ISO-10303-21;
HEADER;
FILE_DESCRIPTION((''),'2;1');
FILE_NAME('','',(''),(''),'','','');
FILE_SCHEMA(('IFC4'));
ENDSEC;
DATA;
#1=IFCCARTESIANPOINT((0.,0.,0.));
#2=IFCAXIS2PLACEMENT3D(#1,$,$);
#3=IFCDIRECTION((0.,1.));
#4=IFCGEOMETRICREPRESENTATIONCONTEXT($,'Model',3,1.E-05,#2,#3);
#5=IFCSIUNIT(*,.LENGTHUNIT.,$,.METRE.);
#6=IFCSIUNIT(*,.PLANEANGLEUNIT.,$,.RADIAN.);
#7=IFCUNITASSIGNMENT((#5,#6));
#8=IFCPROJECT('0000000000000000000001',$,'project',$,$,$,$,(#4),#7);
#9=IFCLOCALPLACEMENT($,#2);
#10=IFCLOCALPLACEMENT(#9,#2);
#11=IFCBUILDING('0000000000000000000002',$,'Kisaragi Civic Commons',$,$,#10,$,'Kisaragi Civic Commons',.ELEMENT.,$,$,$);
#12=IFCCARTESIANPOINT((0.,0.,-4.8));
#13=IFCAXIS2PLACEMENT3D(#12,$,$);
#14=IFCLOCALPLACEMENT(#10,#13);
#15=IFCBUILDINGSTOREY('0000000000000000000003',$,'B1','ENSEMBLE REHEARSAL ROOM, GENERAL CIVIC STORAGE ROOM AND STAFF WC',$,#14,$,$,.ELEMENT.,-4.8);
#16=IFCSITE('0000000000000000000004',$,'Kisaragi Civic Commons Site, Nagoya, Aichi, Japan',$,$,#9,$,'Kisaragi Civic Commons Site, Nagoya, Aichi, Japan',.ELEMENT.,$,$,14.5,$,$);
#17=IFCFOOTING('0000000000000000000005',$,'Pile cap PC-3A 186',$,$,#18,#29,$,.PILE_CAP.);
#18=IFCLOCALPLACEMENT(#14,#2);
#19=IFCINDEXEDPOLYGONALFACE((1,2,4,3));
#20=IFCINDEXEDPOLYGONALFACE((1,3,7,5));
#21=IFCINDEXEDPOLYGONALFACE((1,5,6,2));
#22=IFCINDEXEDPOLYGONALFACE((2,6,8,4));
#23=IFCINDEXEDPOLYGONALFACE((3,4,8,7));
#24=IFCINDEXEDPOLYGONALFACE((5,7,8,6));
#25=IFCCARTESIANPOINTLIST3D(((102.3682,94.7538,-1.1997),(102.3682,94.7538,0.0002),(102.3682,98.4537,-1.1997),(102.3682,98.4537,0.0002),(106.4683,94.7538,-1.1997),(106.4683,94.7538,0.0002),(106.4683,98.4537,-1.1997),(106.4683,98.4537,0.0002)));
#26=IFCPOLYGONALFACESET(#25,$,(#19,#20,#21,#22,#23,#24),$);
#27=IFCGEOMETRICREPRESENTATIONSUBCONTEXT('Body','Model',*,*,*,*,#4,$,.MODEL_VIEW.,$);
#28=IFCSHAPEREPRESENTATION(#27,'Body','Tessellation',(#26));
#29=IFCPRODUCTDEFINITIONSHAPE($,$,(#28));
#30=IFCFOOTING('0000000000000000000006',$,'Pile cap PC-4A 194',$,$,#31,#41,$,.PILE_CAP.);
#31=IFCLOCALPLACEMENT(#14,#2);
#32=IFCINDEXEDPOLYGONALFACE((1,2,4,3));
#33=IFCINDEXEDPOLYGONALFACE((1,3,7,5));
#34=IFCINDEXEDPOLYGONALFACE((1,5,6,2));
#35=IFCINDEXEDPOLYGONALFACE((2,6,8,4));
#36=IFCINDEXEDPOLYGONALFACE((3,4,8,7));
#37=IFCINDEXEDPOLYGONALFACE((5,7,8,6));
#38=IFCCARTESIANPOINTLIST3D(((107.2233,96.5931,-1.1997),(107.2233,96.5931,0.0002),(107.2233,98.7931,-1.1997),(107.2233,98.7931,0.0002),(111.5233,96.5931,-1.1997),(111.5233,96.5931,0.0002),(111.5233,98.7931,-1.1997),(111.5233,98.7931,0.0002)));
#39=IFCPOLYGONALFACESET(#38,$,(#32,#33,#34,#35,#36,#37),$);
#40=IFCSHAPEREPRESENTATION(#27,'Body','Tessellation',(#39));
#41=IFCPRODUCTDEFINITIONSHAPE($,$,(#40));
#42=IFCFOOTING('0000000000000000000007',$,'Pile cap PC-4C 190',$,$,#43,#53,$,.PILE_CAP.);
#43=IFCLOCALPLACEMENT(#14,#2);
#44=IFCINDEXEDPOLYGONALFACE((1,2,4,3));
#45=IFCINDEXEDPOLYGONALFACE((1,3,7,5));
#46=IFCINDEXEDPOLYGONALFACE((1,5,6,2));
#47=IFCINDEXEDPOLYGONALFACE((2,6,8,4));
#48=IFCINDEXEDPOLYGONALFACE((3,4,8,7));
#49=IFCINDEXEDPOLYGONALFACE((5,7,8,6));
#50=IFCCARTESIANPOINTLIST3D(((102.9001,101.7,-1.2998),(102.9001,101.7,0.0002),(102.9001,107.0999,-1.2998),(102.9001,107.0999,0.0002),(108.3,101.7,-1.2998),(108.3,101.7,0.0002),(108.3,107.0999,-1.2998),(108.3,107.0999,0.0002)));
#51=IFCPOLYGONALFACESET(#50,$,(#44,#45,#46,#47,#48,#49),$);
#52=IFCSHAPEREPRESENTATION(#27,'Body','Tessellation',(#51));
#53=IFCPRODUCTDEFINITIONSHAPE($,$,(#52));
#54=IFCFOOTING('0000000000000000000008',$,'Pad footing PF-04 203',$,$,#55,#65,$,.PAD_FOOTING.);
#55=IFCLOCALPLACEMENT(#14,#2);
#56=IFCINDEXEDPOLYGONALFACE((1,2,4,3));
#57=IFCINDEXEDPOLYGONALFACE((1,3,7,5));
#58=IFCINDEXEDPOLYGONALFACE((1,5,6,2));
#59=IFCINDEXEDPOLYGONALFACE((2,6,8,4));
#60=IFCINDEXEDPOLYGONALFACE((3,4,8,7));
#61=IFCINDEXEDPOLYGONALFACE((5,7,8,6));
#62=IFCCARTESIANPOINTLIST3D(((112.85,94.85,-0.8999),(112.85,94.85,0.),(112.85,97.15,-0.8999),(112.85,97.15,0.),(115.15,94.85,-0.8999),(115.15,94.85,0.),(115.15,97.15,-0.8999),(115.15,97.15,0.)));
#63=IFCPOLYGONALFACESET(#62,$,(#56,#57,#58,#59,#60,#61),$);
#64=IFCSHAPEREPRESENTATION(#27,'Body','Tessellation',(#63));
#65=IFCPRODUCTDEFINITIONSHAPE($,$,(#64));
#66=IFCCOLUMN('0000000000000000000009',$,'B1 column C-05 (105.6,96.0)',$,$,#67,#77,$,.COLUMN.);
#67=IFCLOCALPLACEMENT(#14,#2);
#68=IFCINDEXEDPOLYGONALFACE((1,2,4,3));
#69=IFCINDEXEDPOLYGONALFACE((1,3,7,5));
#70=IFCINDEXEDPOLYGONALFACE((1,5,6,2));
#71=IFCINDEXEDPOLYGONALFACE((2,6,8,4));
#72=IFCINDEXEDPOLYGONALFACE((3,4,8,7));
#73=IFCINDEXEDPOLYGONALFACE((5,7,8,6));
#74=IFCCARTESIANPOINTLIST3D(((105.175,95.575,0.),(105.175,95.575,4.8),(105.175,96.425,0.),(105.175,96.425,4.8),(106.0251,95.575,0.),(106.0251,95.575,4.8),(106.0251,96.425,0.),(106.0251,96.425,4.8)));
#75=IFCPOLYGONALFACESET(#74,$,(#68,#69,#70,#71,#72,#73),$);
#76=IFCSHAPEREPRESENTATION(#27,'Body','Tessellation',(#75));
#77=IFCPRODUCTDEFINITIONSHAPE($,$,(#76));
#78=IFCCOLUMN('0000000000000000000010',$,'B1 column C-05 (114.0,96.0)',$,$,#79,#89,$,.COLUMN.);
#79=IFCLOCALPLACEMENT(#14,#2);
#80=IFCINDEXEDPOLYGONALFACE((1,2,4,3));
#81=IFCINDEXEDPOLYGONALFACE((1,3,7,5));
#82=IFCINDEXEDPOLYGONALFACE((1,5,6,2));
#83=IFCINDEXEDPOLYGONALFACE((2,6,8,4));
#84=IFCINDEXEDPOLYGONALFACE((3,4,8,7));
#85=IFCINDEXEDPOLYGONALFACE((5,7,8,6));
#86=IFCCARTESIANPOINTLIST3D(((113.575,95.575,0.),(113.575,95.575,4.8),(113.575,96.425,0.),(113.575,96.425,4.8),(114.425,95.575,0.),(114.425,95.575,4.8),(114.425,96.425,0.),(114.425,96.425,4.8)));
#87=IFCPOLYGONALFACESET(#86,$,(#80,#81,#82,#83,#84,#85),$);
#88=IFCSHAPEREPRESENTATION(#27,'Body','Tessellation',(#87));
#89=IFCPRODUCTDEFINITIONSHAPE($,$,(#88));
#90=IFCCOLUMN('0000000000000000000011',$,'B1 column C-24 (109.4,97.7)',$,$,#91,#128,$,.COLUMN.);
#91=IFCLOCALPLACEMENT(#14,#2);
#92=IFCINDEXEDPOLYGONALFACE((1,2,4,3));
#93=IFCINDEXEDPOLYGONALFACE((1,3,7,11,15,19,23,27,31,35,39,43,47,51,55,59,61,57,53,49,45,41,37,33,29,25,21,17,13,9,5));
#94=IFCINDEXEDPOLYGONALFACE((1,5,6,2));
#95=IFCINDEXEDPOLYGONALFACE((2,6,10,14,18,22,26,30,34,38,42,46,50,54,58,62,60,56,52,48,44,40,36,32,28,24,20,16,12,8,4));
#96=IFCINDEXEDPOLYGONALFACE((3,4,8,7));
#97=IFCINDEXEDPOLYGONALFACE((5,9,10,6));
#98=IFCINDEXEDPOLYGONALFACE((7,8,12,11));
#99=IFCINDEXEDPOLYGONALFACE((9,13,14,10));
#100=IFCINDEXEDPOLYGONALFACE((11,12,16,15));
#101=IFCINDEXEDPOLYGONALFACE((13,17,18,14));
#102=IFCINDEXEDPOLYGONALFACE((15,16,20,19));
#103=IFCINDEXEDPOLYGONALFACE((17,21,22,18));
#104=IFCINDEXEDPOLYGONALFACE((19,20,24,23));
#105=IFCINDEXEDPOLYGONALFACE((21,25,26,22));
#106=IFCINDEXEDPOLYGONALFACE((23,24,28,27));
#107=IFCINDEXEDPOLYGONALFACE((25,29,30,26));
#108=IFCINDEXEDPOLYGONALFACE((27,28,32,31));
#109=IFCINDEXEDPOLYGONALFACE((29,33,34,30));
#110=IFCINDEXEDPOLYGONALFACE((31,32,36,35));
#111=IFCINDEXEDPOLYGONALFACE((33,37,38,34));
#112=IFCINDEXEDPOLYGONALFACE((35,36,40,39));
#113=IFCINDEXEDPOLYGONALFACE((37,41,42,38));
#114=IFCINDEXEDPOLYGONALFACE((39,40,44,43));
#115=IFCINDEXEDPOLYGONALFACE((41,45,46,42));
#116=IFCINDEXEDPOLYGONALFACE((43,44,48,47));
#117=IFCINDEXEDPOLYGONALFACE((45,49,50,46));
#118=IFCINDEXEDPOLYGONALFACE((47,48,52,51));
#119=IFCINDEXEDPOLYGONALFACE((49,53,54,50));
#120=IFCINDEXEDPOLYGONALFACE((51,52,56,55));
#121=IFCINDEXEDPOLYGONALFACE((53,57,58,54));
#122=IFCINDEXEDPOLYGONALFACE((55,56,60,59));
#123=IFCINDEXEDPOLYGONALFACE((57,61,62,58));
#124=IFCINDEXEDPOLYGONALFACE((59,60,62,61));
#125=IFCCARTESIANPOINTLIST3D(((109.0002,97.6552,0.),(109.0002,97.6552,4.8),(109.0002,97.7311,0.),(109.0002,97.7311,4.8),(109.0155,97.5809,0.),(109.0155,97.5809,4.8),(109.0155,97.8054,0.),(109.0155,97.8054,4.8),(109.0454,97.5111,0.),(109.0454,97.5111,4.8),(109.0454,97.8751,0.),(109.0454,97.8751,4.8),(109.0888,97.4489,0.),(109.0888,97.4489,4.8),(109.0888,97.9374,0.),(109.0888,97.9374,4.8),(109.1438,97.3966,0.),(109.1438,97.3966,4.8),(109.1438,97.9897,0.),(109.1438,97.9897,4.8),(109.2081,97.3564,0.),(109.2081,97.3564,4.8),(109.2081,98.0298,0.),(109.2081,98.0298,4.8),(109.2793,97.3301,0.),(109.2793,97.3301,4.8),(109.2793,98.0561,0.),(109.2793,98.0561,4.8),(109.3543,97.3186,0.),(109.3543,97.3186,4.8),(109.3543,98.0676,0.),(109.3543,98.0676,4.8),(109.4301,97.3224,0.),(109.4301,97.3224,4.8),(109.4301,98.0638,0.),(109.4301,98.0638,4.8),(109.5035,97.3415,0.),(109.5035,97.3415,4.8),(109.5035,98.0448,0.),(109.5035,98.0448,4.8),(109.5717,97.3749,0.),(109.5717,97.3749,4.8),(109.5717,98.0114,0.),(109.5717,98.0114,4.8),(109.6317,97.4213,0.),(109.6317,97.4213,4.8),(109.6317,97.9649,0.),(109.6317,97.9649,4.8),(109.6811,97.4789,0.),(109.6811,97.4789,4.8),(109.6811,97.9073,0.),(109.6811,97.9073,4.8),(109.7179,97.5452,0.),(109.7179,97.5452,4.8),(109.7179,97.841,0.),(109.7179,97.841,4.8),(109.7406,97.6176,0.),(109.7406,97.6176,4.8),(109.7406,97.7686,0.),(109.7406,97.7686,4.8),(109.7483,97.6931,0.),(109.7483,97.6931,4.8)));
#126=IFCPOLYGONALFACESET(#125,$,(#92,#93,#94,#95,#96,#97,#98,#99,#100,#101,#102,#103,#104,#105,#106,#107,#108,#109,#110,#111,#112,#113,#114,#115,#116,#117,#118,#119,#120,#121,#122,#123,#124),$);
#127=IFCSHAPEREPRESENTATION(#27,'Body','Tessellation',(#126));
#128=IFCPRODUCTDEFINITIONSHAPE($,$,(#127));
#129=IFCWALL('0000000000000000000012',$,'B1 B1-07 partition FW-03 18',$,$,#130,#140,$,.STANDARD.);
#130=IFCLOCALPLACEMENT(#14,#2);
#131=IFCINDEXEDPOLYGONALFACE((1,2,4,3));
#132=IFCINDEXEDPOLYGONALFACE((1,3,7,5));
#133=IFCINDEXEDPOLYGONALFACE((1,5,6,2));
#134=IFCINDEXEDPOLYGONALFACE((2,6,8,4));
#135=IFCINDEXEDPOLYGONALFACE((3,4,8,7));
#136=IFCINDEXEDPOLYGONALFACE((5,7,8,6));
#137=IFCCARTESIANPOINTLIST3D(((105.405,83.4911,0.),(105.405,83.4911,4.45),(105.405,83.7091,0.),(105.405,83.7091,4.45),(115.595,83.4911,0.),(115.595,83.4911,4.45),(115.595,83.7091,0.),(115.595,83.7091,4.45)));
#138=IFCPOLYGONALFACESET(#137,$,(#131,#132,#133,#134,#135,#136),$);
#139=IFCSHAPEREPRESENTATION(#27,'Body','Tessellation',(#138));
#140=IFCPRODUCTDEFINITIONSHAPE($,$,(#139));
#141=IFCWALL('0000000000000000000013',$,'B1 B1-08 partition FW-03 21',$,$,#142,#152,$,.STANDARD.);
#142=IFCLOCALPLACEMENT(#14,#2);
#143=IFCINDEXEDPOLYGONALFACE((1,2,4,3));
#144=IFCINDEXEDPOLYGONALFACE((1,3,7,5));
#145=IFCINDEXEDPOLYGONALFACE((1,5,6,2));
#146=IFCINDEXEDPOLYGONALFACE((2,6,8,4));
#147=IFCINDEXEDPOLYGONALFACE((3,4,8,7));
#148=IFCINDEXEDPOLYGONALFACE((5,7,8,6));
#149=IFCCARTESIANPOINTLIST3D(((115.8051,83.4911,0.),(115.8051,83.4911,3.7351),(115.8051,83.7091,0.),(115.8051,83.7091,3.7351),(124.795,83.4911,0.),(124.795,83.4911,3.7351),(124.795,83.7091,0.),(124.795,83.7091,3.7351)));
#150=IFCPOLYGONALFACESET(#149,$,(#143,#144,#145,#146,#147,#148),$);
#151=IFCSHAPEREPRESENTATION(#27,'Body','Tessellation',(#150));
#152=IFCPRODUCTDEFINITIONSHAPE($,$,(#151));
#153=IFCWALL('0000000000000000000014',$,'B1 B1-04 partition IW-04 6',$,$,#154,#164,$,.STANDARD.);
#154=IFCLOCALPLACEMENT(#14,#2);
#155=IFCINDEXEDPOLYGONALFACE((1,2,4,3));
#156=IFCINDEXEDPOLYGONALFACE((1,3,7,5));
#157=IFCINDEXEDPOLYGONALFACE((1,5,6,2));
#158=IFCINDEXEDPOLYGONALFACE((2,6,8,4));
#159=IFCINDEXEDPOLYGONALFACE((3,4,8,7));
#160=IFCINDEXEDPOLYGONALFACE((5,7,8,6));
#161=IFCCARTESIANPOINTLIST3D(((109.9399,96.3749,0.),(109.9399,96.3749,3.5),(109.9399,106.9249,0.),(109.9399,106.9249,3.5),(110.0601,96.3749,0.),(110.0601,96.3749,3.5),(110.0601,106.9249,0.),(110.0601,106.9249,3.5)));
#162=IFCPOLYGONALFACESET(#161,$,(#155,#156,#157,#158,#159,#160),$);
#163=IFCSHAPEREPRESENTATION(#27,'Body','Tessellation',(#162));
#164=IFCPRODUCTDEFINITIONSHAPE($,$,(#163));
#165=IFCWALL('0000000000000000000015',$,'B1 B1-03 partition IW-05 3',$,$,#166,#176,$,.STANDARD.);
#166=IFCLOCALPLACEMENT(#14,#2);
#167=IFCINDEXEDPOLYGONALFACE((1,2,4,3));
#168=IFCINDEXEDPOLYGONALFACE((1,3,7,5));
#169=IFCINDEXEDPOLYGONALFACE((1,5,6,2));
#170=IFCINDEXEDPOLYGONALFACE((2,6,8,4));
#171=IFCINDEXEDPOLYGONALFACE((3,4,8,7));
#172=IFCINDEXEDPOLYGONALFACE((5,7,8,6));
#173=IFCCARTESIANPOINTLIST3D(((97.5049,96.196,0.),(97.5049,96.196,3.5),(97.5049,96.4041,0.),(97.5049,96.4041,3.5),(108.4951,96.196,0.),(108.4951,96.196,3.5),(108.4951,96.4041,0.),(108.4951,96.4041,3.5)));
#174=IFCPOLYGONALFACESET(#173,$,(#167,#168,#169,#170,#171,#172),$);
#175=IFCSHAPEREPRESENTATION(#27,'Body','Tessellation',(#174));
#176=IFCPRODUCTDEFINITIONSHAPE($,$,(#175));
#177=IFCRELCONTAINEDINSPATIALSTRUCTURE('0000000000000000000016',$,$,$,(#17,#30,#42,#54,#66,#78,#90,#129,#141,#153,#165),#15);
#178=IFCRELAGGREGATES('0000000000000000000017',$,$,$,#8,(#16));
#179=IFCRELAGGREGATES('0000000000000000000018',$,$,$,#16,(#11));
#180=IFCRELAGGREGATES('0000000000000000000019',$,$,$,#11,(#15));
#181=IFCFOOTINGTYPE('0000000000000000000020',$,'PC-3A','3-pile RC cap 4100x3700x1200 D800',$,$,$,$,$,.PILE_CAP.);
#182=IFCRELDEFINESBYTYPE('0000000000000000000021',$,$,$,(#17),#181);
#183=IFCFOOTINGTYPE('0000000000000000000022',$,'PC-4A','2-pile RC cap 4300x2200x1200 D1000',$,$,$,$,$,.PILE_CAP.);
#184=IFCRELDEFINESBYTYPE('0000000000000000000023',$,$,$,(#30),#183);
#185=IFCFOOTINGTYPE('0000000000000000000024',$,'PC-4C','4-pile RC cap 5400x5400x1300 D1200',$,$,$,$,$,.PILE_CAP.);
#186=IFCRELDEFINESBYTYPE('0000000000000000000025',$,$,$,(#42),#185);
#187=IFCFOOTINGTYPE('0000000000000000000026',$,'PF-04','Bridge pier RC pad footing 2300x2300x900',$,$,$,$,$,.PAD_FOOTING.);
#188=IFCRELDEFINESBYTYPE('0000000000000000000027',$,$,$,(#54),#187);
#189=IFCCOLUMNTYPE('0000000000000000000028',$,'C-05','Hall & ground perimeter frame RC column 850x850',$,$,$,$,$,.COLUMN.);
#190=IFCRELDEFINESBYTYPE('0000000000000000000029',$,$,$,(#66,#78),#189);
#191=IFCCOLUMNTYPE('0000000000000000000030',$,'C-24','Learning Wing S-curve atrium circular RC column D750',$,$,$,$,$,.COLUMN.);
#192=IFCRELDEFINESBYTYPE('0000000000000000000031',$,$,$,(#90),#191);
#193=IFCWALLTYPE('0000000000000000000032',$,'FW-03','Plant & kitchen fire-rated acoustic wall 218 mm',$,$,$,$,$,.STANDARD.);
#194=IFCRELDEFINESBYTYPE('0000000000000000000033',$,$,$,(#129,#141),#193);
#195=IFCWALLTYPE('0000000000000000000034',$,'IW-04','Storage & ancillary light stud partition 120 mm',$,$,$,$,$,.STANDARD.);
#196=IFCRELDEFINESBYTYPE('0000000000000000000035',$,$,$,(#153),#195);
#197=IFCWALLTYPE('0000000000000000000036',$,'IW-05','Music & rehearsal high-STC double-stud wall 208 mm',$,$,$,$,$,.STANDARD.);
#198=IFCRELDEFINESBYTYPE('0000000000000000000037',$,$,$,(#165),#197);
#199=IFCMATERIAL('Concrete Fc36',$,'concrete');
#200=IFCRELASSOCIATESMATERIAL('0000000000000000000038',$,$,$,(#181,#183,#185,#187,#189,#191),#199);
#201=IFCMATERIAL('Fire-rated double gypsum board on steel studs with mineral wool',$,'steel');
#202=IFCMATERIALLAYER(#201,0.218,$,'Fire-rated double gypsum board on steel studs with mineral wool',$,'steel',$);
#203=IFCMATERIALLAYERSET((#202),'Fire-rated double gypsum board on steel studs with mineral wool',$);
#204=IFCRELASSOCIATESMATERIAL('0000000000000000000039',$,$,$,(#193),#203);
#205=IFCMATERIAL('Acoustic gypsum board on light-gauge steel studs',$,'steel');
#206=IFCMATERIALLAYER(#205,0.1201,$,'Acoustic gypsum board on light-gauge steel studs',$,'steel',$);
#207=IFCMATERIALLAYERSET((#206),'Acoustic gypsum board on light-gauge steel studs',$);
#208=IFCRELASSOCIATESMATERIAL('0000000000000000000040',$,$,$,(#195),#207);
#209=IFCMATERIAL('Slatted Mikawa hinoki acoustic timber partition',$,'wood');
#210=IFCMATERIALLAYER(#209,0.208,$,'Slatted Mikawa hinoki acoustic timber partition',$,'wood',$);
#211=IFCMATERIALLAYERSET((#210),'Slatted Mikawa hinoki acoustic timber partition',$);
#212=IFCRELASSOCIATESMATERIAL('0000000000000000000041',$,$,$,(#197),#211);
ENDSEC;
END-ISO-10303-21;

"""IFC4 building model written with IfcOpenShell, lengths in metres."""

from ifc_helpers import new_model, si_unit, direction, frame, frame_2d, origin, origin_2d, place, context, subcontext, project, spatial, rectangle, circle, extrude, material, layer, layer_set, material_profile, profile_set, type_object, element, save


model = new_model("IFC4")

# Units and contexts
model_context = context("Model", 3, precision=1e-05, world=origin(), true_north=direction((0.0, 1.0)))
body_context = subcontext(model_context, "Body", "Model", "MODEL_VIEW")
ifc_project = project(units=[si_unit("LENGTHUNIT", "METRE"), si_unit("PLANEANGLEUNIT", "RADIAN")], contexts=[model_context])

# Site, building, storey
site_placement = place(None, origin())
site = spatial("IfcSite", under=ifc_project, at=site_placement, Name="Kisaragi Civic Commons Site, Nagoya, Aichi, Japan", LongName="Kisaragi Civic Commons Site, Nagoya, Aichi, Japan", CompositionType="ELEMENT", RefElevation=14.5)
building_placement = place(site_placement, origin())
building = spatial("IfcBuilding", under=site, at=building_placement, Name="Kisaragi Civic Commons", LongName="Kisaragi Civic Commons", CompositionType="ELEMENT")
storey_placement = place(building_placement, frame((0.0, 0.0, -4.8)))
storey = spatial("IfcBuildingStorey", under=building, at=storey_placement, Name="B1", Description="ENSEMBLE REHEARSAL ROOM, GENERAL CIVIC STORAGE ROOM AND STAFF WC", CompositionType="ELEMENT", Elevation=-4.8)

# Footings
ifc_material_1 = material(Name="Concrete Fc36", Category="concrete")
footing_type_1 = type_object("IfcFootingType", Name="PC-3A", Description="3-pile RC cap 4100x3700x1200 D800", PredefinedType="PILE_CAP", material=ifc_material_1)
footing_1_placement = place(storey_placement, frame((104.4182, 96.6038, -1.1997), z_axis=(0.0, 0.0, 1.0), x_axis=(1.0, 0.0, 0.0)))
element("IfcFooting", 1, at=footing_1_placement, inside=storey, type_object=footing_type_1, Name="Pile cap PC-3A 186", PredefinedType="PILE_CAP", context=body_context, shape_type="SweptSolid", body=[
    extrude(rectangle(XDim=4.1001, YDim=3.7, at=origin_2d()), origin(), (0.0, 0.0, 1.0), 1.2),
])
footing_type_2 = type_object("IfcFootingType", Name="PC-4A", Description="2-pile RC cap 4300x2200x1200 D1000", PredefinedType="PILE_CAP", material=ifc_material_1)
footing_2_placement = place(storey_placement, frame((109.3733, 97.6931, -1.1997), z_axis=(0.0, 0.0, 1.0), x_axis=(1.0, 0.0, 0.0)))
element("IfcFooting", 2, at=footing_2_placement, inside=storey, type_object=footing_type_2, Name="Pile cap PC-4A 194", PredefinedType="PILE_CAP", context=body_context, shape_type="SweptSolid", body=[
    extrude(rectangle(XDim=4.3, YDim=2.2, at=origin_2d()), origin(), (0.0, 0.0, 1.0), 1.2),
])
footing_type_3 = type_object("IfcFootingType", Name="PC-4C", Description="4-pile RC cap 5400x5400x1300 D1200", PredefinedType="PILE_CAP", material=ifc_material_1)
footing_3_placement = place(storey_placement, frame((105.6001, 104.3999, -1.2998), z_axis=(0.0, 0.0, 1.0), x_axis=(1.0, 0.0, 0.0)))
element("IfcFooting", 3, at=footing_3_placement, inside=storey, type_object=footing_type_3, Name="Pile cap PC-4C 190", PredefinedType="PILE_CAP", context=body_context, shape_type="SweptSolid", body=[
    extrude(rectangle(XDim=5.3999, YDim=5.3999, at=origin_2d()), origin(), (0.0, 0.0, 1.0), 1.3),
])
footing_type_4 = type_object("IfcFootingType", Name="PF-04", Description="Bridge pier RC pad footing 2300x2300x900", PredefinedType="PAD_FOOTING", material=ifc_material_1)
footing_4_placement = place(storey_placement, frame((114.0, 96.0, -0.8999), z_axis=(0.0, 0.0, 1.0), x_axis=(1.0, 0.0, 0.0)))
element("IfcFooting", 4, at=footing_4_placement, inside=storey, type_object=footing_type_4, Name="Pad footing PF-04 203", PredefinedType="PAD_FOOTING", context=body_context, shape_type="SweptSolid", body=[
    extrude(rectangle(XDim=2.3, YDim=2.3, at=origin_2d()), origin(), (0.0, 0.0, 1.0), 0.8999),
])

# Columns
ifc_material_profile_1 = material_profile(ifc_material_1, rectangle(XDim=0.8501, YDim=0.8501, at=origin_2d()), Name="RC-850x850", Category="concrete")
ifc_profile_set_1 = profile_set([ifc_material_profile_1], Name="Concrete Fc36")
column_type_1 = type_object("IfcColumnType", Name="C-05", Description="Hall & ground perimeter frame RC column 850x850", PredefinedType="COLUMN", material=ifc_profile_set_1)
for number, where, z_axis, x_axis, name in (
    (5, (105.6001, 96.0, 0.0), (0.0, 0.0, 1.0), (1.0, 0.0, 0.0), "B1 column C-05 (105.6,96.0)"),
    (6, (114.0, 96.0, 0.0), (0.0, 0.0, 1.0), (1.0, 0.0, 0.0), "B1 column C-05 (114.0,96.0)"),
):
    element("IfcColumn", number, at=place(storey_placement, frame(where, z_axis=z_axis, x_axis=x_axis)), inside=storey, type_object=column_type_1, Name=name, PredefinedType="COLUMN", context=body_context, shape_type="SweptSolid", body=[
        extrude(rectangle(XDim=0.8501, YDim=0.8501, at=origin_2d()), origin(), (0.0, 0.0, 1.0), 4.8),
    ])
ifc_material_profile_2 = material_profile(ifc_material_1, circle(Radius=0.375, at=origin_2d()), Name="RC-D750", Category="concrete")
ifc_profile_set_2 = profile_set([ifc_material_profile_2], Name="Concrete Fc36")
column_type_2 = type_object("IfcColumnType", Name="C-24", Description="Learning Wing S-curve atrium circular RC column D750", PredefinedType="COLUMN", material=ifc_profile_set_2)
column_placement = place(storey_placement, frame((109.3733, 97.6931, 0.0), z_axis=(0.0, 0.0, 1.0), x_axis=(1.0, 0.0, 0.0)))
element("IfcColumn", 7, at=column_placement, inside=storey, type_object=column_type_2, Name="B1 column C-24 (109.4,97.7)", PredefinedType="COLUMN", context=body_context, shape_type="SweptSolid", body=[
    extrude(circle(Radius=0.375, at=origin_2d()), origin(), (0.0, 0.0, 1.0), 4.8),
])

# Walls
ifc_material_2 = material(Name="Fire-rated double gypsum board on steel studs with mineral wool", Category="steel")
ifc_layer_1 = layer(ifc_material_2, 0.218, Name="Fire-rated double gypsum board on steel studs with mineral wool", Category="steel")
ifc_layer_set_1 = layer_set([ifc_layer_1], Name="Fire-rated double gypsum board on steel studs with mineral wool")
wall_type_1 = type_object("IfcWallType", Name="FW-03", Description="Plant & kitchen fire-rated acoustic wall 218 mm", PredefinedType="STANDARD", material=ifc_layer_set_1)
wall_1_placement = place(storey_placement, frame((105.405, 83.6001, 0.0), z_axis=(0.0, 0.0, 1.0), x_axis=(1.0, 0.0, 0.0)))
element("IfcWall", 8, at=wall_1_placement, inside=storey, type_object=wall_type_1, Name="B1 B1-07 partition FW-03 18", PredefinedType="STANDARD", context=body_context, shape_type="SweptSolid", body=[
    extrude(rectangle(XDim=10.1899, YDim=0.218, at=frame_2d((5.095, 0.0))), origin(), (0.0, 0.0, 1.0), 4.45),
])
wall_2_placement = place(storey_placement, frame((115.8049, 83.6001, 0.0), z_axis=(0.0, 0.0, 1.0), x_axis=(1.0, 0.0, 0.0)))
element("IfcWall", 9, at=wall_2_placement, inside=storey, type_object=wall_type_1, Name="B1 B1-08 partition FW-03 21", PredefinedType="STANDARD", context=body_context, shape_type="SweptSolid", body=[
    extrude(rectangle(XDim=8.99, YDim=0.218, at=frame_2d((4.4951, 0.0))), origin(), (0.0, 0.0, 1.0), 3.7351),
])
ifc_material_3 = material(Name="Acoustic gypsum board on light-gauge steel studs", Category="steel")
ifc_layer_2 = layer(ifc_material_3, 0.1201, Name="Acoustic gypsum board on light-gauge steel studs", Category="steel")
ifc_layer_set_2 = layer_set([ifc_layer_2], Name="Acoustic gypsum board on light-gauge steel studs")
wall_type_2 = type_object("IfcWallType", Name="IW-04", Description="Storage & ancillary light stud partition 120 mm", PredefinedType="STANDARD", material=ifc_layer_set_2)
wall_3_placement = place(storey_placement, frame((110.0, 96.375, 0.0), z_axis=(0.0, 0.0, 1.0), x_axis=(0.0, 1.0, 0.0)))
element("IfcWall", 10, at=wall_3_placement, inside=storey, type_object=wall_type_2, Name="B1 B1-04 partition IW-04 6", PredefinedType="STANDARD", context=body_context, shape_type="SweptSolid", body=[
    extrude(rectangle(XDim=10.55, YDim=0.1201, at=frame_2d((5.2749, 0.0))), origin(), (0.0, 0.0, 1.0), 3.5),
])
ifc_material_4 = material(Name="Slatted Mikawa hinoki acoustic timber partition", Category="wood")
ifc_layer_3 = layer(ifc_material_4, 0.208, Name="Slatted Mikawa hinoki acoustic timber partition", Category="wood")
ifc_layer_set_3 = layer_set([ifc_layer_3], Name="Slatted Mikawa hinoki acoustic timber partition")
wall_type_3 = type_object("IfcWallType", Name="IW-05", Description="Music & rehearsal high-STC double-stud wall 208 mm", PredefinedType="STANDARD", material=ifc_layer_set_3)
wall_4_placement = place(storey_placement, frame((108.4951, 96.3, 0.0), z_axis=(0.0, 0.0, 1.0), x_axis=(-1.0, 0.0, 0.0)))
element("IfcWall", 11, at=wall_4_placement, inside=storey, type_object=wall_type_3, Name="B1 B1-03 partition IW-05 3", PredefinedType="STANDARD", context=body_context, shape_type="SweptSolid", body=[
    extrude(rectangle(XDim=10.9902, YDim=0.208, at=frame_2d((5.4951, 0.0))), origin(), (0.0, 0.0, 1.0), 3.5),
])

save(model, "model.ifc")
